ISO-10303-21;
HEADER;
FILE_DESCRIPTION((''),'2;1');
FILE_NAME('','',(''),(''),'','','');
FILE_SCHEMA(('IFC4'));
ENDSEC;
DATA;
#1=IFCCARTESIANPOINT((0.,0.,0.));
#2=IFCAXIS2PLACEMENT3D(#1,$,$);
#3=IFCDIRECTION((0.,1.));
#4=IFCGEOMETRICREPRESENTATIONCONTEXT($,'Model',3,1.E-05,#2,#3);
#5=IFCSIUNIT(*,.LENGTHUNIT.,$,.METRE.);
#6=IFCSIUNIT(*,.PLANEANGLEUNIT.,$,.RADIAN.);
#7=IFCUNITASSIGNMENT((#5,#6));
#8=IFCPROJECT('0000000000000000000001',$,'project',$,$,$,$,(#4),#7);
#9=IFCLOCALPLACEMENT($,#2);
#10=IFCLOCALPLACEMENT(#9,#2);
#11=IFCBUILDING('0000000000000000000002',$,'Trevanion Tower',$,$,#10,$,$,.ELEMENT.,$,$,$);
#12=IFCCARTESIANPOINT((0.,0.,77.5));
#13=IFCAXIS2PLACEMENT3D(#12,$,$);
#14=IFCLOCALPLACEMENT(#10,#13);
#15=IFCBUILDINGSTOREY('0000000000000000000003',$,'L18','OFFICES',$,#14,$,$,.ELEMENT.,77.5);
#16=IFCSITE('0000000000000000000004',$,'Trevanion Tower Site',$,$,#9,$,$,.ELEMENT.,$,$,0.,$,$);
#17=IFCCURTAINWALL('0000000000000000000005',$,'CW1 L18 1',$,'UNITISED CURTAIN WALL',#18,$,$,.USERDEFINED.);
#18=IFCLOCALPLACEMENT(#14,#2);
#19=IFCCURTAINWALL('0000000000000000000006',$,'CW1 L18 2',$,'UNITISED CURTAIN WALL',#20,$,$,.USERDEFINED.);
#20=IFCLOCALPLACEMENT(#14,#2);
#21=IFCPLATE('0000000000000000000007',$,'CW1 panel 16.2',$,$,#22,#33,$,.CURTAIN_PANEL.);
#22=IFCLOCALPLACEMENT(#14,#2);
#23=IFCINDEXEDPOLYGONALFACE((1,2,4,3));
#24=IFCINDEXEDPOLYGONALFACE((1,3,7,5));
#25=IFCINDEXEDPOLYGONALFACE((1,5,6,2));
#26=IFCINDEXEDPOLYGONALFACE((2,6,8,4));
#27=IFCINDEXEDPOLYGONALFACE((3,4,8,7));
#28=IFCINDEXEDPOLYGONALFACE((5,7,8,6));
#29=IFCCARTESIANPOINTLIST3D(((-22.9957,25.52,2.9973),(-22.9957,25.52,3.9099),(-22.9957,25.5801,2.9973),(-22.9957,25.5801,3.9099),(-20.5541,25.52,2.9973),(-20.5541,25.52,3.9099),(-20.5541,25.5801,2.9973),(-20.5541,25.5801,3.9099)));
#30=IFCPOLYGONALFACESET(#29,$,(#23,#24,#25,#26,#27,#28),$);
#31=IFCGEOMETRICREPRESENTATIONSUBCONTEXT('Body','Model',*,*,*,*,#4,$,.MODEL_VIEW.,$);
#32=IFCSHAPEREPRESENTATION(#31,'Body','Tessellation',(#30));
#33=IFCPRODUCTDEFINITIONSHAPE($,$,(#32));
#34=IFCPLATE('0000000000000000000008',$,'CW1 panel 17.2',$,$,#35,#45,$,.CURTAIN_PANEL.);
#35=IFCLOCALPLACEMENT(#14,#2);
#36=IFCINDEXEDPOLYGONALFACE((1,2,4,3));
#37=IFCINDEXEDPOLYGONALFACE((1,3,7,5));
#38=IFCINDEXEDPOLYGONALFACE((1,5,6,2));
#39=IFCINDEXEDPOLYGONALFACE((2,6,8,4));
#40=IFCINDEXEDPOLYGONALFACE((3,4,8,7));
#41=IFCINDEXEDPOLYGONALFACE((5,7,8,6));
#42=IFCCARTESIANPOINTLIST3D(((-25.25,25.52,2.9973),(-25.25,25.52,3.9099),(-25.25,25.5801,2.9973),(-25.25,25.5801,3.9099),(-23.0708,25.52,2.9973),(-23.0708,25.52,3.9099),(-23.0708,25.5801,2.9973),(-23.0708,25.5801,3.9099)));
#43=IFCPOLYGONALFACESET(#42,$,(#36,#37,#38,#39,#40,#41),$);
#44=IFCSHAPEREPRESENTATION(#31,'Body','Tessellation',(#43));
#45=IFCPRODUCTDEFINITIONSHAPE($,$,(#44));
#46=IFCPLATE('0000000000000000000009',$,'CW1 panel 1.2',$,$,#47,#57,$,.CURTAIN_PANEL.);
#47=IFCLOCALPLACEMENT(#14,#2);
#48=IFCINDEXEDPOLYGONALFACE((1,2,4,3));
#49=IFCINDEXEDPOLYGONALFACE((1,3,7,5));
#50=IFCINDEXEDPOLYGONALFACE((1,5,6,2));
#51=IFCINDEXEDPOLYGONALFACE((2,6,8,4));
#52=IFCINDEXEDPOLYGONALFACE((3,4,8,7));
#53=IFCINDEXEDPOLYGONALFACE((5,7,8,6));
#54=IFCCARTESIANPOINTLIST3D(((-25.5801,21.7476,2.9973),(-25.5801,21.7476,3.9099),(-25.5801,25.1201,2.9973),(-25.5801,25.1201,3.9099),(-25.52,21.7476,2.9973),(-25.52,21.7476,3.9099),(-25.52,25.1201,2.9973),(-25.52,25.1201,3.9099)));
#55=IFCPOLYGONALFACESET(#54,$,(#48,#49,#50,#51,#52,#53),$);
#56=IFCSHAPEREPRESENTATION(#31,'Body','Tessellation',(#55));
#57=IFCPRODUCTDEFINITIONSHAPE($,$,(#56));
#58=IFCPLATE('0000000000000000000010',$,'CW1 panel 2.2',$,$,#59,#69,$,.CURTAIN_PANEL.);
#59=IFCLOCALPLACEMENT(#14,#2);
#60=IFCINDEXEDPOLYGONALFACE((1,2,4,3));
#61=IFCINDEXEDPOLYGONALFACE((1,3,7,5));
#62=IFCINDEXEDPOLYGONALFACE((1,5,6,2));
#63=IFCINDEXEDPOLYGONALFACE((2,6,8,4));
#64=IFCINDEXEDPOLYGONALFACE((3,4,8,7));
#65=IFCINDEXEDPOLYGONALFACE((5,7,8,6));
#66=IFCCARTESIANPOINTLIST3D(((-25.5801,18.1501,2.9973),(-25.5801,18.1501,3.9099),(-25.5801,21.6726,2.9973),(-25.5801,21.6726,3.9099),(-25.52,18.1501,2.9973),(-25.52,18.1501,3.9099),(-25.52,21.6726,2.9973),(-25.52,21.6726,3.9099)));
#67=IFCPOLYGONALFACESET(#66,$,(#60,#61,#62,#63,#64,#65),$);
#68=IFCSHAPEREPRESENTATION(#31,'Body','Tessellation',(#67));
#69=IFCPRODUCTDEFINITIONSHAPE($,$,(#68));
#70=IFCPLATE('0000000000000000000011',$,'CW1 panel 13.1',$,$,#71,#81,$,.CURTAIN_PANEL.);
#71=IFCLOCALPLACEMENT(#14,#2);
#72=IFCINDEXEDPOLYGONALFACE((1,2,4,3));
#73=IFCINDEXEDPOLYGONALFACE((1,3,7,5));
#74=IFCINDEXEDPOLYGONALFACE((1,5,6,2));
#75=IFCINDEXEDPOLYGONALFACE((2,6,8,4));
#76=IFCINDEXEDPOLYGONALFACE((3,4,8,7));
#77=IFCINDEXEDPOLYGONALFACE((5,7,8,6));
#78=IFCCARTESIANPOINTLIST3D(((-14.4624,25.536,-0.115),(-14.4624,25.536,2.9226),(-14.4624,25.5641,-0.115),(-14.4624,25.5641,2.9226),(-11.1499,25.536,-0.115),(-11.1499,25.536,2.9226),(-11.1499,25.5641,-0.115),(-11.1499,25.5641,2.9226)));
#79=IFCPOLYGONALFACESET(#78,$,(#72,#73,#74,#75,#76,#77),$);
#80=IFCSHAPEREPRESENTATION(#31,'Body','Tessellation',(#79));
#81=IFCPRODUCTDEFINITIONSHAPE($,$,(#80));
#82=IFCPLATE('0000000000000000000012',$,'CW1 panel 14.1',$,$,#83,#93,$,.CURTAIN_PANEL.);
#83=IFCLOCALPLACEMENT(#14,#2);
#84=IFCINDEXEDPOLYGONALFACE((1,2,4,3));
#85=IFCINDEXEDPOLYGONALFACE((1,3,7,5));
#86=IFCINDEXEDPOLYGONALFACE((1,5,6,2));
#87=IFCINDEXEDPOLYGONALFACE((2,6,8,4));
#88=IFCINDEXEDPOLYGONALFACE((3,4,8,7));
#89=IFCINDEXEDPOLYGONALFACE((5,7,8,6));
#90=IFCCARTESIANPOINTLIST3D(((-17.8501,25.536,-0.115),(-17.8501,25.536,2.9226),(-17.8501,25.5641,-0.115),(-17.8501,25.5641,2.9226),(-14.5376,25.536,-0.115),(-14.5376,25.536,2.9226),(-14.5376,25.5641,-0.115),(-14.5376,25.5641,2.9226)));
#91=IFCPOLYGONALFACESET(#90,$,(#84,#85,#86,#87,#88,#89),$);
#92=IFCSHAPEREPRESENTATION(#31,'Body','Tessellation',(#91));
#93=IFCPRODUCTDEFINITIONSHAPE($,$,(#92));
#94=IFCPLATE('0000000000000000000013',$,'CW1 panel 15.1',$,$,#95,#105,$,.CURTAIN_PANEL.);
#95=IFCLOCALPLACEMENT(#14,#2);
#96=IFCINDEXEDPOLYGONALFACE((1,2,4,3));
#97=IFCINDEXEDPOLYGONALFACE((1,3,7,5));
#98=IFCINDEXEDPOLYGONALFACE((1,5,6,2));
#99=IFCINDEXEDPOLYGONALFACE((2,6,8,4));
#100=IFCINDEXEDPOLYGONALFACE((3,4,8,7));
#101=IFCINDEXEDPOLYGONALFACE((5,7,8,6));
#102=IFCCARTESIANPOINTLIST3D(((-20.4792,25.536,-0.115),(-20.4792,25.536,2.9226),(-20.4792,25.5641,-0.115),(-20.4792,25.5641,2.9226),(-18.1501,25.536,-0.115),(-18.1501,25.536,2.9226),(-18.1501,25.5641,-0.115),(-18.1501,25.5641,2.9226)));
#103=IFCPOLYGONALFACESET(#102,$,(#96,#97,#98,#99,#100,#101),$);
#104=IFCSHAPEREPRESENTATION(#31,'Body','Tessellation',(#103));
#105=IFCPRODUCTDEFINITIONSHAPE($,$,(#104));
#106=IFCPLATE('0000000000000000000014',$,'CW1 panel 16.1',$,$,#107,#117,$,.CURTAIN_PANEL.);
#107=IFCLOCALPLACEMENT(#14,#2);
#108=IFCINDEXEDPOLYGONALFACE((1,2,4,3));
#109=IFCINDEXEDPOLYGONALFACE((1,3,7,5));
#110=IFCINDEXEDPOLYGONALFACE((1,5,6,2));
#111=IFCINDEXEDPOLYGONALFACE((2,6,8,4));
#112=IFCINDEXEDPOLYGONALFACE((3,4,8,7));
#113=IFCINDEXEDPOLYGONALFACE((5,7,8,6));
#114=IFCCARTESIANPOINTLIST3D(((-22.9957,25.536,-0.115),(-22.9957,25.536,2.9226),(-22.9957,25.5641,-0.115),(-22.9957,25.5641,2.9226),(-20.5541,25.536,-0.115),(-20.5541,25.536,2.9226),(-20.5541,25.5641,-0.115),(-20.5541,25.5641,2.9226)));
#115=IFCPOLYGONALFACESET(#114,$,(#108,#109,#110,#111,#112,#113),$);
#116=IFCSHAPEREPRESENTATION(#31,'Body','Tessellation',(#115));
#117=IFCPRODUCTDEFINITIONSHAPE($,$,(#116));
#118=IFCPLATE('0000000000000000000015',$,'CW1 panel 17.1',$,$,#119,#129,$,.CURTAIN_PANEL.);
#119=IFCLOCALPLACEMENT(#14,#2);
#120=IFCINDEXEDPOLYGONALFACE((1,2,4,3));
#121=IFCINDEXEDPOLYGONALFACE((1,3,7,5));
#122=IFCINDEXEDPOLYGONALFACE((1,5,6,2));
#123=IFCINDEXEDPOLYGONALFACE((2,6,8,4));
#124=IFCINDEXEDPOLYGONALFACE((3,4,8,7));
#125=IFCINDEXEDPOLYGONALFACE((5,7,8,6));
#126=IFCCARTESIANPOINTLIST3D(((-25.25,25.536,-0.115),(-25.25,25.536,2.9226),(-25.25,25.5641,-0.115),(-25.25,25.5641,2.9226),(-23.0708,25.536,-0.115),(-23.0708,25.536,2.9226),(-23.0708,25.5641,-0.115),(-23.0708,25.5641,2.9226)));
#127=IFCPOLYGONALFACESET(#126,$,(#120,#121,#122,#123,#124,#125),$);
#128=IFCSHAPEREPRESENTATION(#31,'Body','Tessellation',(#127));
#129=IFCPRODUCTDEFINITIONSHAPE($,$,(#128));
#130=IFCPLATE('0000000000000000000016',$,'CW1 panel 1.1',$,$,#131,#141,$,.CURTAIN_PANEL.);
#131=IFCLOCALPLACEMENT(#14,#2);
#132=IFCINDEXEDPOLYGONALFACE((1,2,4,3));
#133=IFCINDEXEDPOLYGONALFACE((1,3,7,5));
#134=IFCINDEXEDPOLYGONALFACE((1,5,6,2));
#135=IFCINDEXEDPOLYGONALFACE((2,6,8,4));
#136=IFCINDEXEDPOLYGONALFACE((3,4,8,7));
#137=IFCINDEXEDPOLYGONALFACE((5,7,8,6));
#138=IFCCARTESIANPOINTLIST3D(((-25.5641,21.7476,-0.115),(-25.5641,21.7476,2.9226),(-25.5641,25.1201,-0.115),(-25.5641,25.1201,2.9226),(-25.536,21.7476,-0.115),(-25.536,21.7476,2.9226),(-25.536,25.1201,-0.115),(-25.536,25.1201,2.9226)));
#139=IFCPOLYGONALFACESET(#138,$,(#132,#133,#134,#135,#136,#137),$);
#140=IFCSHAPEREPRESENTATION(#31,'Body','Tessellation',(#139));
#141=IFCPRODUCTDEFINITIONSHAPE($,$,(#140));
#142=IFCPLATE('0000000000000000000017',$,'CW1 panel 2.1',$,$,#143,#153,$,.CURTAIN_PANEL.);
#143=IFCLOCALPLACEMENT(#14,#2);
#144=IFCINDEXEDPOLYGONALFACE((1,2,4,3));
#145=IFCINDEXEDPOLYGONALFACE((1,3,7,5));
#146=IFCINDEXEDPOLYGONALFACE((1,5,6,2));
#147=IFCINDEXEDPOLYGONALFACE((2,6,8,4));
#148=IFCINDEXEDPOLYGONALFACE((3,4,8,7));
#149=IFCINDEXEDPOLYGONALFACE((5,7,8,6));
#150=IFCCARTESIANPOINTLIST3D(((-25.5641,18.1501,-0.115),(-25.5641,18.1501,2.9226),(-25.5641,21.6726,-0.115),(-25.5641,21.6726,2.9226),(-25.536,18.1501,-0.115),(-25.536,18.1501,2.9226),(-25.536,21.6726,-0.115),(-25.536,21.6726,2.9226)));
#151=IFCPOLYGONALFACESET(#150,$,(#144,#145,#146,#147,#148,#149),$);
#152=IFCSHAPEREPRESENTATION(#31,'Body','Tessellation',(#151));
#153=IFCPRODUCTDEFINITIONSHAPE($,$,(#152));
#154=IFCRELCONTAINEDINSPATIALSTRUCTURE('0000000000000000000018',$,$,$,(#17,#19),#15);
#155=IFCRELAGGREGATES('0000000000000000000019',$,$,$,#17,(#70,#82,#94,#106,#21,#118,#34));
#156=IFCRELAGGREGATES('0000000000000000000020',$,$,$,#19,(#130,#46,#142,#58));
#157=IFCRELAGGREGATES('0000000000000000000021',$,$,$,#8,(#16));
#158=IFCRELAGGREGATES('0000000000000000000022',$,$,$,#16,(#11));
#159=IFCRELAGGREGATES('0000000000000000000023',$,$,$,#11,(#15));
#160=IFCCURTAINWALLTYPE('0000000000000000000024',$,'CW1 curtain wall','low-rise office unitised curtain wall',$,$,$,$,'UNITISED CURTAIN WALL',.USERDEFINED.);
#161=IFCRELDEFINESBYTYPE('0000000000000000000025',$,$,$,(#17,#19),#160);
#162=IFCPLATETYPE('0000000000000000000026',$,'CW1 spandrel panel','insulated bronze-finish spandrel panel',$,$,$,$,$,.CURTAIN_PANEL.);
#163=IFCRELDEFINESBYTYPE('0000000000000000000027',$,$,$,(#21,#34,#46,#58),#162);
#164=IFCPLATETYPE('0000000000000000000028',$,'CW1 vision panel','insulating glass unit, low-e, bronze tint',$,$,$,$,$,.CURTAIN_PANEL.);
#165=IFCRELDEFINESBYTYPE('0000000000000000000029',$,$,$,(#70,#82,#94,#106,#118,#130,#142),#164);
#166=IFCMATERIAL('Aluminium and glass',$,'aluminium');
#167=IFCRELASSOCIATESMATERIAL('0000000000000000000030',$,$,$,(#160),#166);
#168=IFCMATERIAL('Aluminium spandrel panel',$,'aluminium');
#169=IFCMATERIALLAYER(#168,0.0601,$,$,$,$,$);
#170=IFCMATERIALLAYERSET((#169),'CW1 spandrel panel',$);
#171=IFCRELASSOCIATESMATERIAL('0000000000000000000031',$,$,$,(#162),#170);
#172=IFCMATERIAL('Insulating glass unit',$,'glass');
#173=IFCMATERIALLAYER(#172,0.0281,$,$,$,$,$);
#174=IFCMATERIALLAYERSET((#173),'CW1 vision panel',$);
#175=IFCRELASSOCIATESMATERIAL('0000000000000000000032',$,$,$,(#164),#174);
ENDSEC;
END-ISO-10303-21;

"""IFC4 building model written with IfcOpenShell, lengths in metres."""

from ifc_helpers import new_model, si_unit, direction, frame, origin, origin_2d, place, context, subcontext, project, spatial, rectangle, extrude, material, layer, layer_set, type_object, element, aggregate, save


model = new_model("IFC4")

# Units and contexts
model_context = context("Model", 3, precision=1e-05, world=origin(), true_north=direction((0.0, 1.0)))
body_context = subcontext(model_context, "Body", "Model", "MODEL_VIEW")
ifc_project = project(units=[si_unit("LENGTHUNIT", "METRE"), si_unit("PLANEANGLEUNIT", "RADIAN")], contexts=[model_context])

# Site, building, storey
site_placement = place(None, origin())
site = spatial("IfcSite", under=ifc_project, at=site_placement, Name="Trevanion Tower Site", CompositionType="ELEMENT", RefElevation=0.0)
building_placement = place(site_placement, origin())
building = spatial("IfcBuilding", under=site, at=building_placement, Name="Trevanion Tower", CompositionType="ELEMENT")
storey_placement = place(building_placement, frame((0.0, 0.0, 77.5)))
storey = spatial("IfcBuildingStorey", under=building, at=storey_placement, Name="L18", Description="OFFICES", CompositionType="ELEMENT", Elevation=77.5)

# Curtain wall
ifc_material_1 = material(Name="Aluminium and glass", Category="aluminium")
curtain_wall_type = type_object("IfcCurtainWallType", Name="CW1 curtain wall", Description="low-rise office unitised curtain wall", ElementType="UNITISED CURTAIN WALL", PredefinedType="USERDEFINED", material=ifc_material_1)
curtain_wall_1_placement = place(storey_placement, origin())
curtain_wall_1 = element("IfcCurtainWall", 1, at=curtain_wall_1_placement, inside=storey, type_object=curtain_wall_type, Name="CW1 L18 1", ObjectType="UNITISED CURTAIN WALL", PredefinedType="USERDEFINED")

# Curtain wall
curtain_wall_2_placement = place(storey_placement, origin())
curtain_wall_2 = element("IfcCurtainWall", 2, at=curtain_wall_2_placement, inside=storey, type_object=curtain_wall_type, Name="CW1 L18 2", ObjectType="UNITISED CURTAIN WALL", PredefinedType="USERDEFINED")

# Plates
ifc_material_2 = material(Name="Aluminium spandrel panel", Category="aluminium")
ifc_layer_1 = layer(ifc_material_2, 0.0601)
ifc_layer_set_1 = layer_set([ifc_layer_1], Name="CW1 spandrel panel")
plate_type_1 = type_object("IfcPlateType", Name="CW1 spandrel panel", Description="insulated bronze-finish spandrel panel", PredefinedType="CURTAIN_PANEL", material=ifc_layer_set_1)
plate_1_placement = place(storey_placement, frame((-21.7749, 25.55, 2.9973), z_axis=(0.0, 0.0, 1.0), x_axis=(-1.0, 0.0, 0.0)))
plate_1 = element("IfcPlate", 3, at=plate_1_placement, type_object=plate_type_1, Name="CW1 panel 16.2", PredefinedType="CURTAIN_PANEL", context=body_context, shape_type="SweptSolid", body=[
    extrude(rectangle(XDim=2.4417, YDim=0.0601, at=origin_2d()), origin(), (0.0, 0.0, 1.0), 0.9126),
])
plate_2_placement = place(storey_placement, frame((-24.1604, 25.55, 2.9973), z_axis=(0.0, 0.0, 1.0), x_axis=(-1.0, 0.0, 0.0)))
plate_2 = element("IfcPlate", 4, at=plate_2_placement, type_object=plate_type_1, Name="CW1 panel 17.2", PredefinedType="CURTAIN_PANEL", context=body_context, shape_type="SweptSolid", body=[
    extrude(rectangle(XDim=2.1792, YDim=0.0601, at=origin_2d()), origin(), (0.0, 0.0, 1.0), 0.9126),
])
plate_3_placement = place(storey_placement, frame((-25.55, 23.4338, 2.9973), z_axis=(0.0, 0.0, 1.0), x_axis=(0.0, -1.0, 0.0)))
plate_3 = element("IfcPlate", 5, at=plate_3_placement, type_object=plate_type_1, Name="CW1 panel 1.2", PredefinedType="CURTAIN_PANEL", context=body_context, shape_type="SweptSolid", body=[
    extrude(rectangle(XDim=3.3726, YDim=0.0601, at=origin_2d()), origin(), (0.0, 0.0, 1.0), 0.9126),
])
plate_4_placement = place(storey_placement, frame((-25.55, 19.9114, 2.9973), z_axis=(0.0, 0.0, 1.0), x_axis=(0.0, -1.0, 0.0)))
plate_4 = element("IfcPlate", 6, at=plate_4_placement, type_object=plate_type_1, Name="CW1 panel 2.2", PredefinedType="CURTAIN_PANEL", context=body_context, shape_type="SweptSolid", body=[
    extrude(rectangle(XDim=3.5225, YDim=0.0601, at=origin_2d()), origin(), (0.0, 0.0, 1.0), 0.9126),
])
ifc_material_3 = material(Name="Insulating glass unit", Category="glass")
ifc_layer_2 = layer(ifc_material_3, 0.0281)
ifc_layer_set_2 = layer_set([ifc_layer_2], Name="CW1 vision panel")
plate_type_2 = type_object("IfcPlateType", Name="CW1 vision panel", Description="insulating glass unit, low-e, bronze tint", PredefinedType="CURTAIN_PANEL", material=ifc_layer_set_2)
plate_5_placement = place(storey_placement, frame((-12.8062, 25.55, -0.115), z_axis=(0.0, 0.0, 1.0), x_axis=(-1.0, 0.0, 0.0)))
plate_5 = element("IfcPlate", 7, at=plate_5_placement, type_object=plate_type_2, Name="CW1 panel 13.1", PredefinedType="CURTAIN_PANEL", context=body_context, shape_type="SweptSolid", body=[
    extrude(rectangle(XDim=3.3125, YDim=0.0281, at=origin_2d()), origin(), (0.0, 0.0, 1.0), 3.0376),
])
plate_6_placement = place(storey_placement, frame((-16.1938, 25.55, -0.115), z_axis=(0.0, 0.0, 1.0), x_axis=(-1.0, 0.0, 0.0)))
plate_6 = element("IfcPlate", 8, at=plate_6_placement, type_object=plate_type_2, Name="CW1 panel 14.1", PredefinedType="CURTAIN_PANEL", context=body_context, shape_type="SweptSolid", body=[
    extrude(rectangle(XDim=3.3125, YDim=0.0281, at=origin_2d()), origin(), (0.0, 0.0, 1.0), 3.0376),
])
plate_7_placement = place(storey_placement, frame((-19.3147, 25.55, -0.115), z_axis=(0.0, 0.0, 1.0), x_axis=(-1.0, 0.0, 0.0)))
plate_7 = element("IfcPlate", 9, at=plate_7_placement, type_object=plate_type_2, Name="CW1 panel 15.1", PredefinedType="CURTAIN_PANEL", context=body_context, shape_type="SweptSolid", body=[
    extrude(rectangle(XDim=2.3291, YDim=0.0281, at=origin_2d()), origin(), (0.0, 0.0, 1.0), 3.0376),
])
plate_8_placement = place(storey_placement, frame((-21.7749, 25.55, -0.115), z_axis=(0.0, 0.0, 1.0), x_axis=(-1.0, 0.0, 0.0)))
plate_8 = element("IfcPlate", 10, at=plate_8_placement, type_object=plate_type_2, Name="CW1 panel 16.1", PredefinedType="CURTAIN_PANEL", context=body_context, shape_type="SweptSolid", body=[
    extrude(rectangle(XDim=2.4417, YDim=0.0281, at=origin_2d()), origin(), (0.0, 0.0, 1.0), 3.0376),
])
plate_9_placement = place(storey_placement, frame((-24.1604, 25.55, -0.115), z_axis=(0.0, 0.0, 1.0), x_axis=(-1.0, 0.0, 0.0)))
plate_9 = element("IfcPlate", 11, at=plate_9_placement, type_object=plate_type_2, Name="CW1 panel 17.1", PredefinedType="CURTAIN_PANEL", context=body_context, shape_type="SweptSolid", body=[
    extrude(rectangle(XDim=2.1792, YDim=0.0281, at=origin_2d()), origin(), (0.0, 0.0, 1.0), 3.0376),
])
aggregate(curtain_wall_1, [plate_5, plate_6, plate_7, plate_8, plate_1, plate_9, plate_2])
plate_10_placement = place(storey_placement, frame((-25.55, 23.4338, -0.115), z_axis=(0.0, 0.0, 1.0), x_axis=(0.0, -1.0, 0.0)))
plate_10 = element("IfcPlate", 12, at=plate_10_placement, type_object=plate_type_2, Name="CW1 panel 1.1", PredefinedType="CURTAIN_PANEL", context=body_context, shape_type="SweptSolid", body=[
    extrude(rectangle(XDim=3.3726, YDim=0.0281, at=origin_2d()), origin(), (0.0, 0.0, 1.0), 3.0376),
])
plate_11_placement = place(storey_placement, frame((-25.55, 19.9114, -0.115), z_axis=(0.0, 0.0, 1.0), x_axis=(0.0, -1.0, 0.0)))
plate_11 = element("IfcPlate", 13, at=plate_11_placement, type_object=plate_type_2, Name="CW1 panel 2.1", PredefinedType="CURTAIN_PANEL", context=body_context, shape_type="SweptSolid", body=[
    extrude(rectangle(XDim=3.5225, YDim=0.0281, at=origin_2d()), origin(), (0.0, 0.0, 1.0), 3.0376),
])
aggregate(curtain_wall_2, [plate_10, plate_3, plate_11, plate_4])

save(model, "model.ifc")
